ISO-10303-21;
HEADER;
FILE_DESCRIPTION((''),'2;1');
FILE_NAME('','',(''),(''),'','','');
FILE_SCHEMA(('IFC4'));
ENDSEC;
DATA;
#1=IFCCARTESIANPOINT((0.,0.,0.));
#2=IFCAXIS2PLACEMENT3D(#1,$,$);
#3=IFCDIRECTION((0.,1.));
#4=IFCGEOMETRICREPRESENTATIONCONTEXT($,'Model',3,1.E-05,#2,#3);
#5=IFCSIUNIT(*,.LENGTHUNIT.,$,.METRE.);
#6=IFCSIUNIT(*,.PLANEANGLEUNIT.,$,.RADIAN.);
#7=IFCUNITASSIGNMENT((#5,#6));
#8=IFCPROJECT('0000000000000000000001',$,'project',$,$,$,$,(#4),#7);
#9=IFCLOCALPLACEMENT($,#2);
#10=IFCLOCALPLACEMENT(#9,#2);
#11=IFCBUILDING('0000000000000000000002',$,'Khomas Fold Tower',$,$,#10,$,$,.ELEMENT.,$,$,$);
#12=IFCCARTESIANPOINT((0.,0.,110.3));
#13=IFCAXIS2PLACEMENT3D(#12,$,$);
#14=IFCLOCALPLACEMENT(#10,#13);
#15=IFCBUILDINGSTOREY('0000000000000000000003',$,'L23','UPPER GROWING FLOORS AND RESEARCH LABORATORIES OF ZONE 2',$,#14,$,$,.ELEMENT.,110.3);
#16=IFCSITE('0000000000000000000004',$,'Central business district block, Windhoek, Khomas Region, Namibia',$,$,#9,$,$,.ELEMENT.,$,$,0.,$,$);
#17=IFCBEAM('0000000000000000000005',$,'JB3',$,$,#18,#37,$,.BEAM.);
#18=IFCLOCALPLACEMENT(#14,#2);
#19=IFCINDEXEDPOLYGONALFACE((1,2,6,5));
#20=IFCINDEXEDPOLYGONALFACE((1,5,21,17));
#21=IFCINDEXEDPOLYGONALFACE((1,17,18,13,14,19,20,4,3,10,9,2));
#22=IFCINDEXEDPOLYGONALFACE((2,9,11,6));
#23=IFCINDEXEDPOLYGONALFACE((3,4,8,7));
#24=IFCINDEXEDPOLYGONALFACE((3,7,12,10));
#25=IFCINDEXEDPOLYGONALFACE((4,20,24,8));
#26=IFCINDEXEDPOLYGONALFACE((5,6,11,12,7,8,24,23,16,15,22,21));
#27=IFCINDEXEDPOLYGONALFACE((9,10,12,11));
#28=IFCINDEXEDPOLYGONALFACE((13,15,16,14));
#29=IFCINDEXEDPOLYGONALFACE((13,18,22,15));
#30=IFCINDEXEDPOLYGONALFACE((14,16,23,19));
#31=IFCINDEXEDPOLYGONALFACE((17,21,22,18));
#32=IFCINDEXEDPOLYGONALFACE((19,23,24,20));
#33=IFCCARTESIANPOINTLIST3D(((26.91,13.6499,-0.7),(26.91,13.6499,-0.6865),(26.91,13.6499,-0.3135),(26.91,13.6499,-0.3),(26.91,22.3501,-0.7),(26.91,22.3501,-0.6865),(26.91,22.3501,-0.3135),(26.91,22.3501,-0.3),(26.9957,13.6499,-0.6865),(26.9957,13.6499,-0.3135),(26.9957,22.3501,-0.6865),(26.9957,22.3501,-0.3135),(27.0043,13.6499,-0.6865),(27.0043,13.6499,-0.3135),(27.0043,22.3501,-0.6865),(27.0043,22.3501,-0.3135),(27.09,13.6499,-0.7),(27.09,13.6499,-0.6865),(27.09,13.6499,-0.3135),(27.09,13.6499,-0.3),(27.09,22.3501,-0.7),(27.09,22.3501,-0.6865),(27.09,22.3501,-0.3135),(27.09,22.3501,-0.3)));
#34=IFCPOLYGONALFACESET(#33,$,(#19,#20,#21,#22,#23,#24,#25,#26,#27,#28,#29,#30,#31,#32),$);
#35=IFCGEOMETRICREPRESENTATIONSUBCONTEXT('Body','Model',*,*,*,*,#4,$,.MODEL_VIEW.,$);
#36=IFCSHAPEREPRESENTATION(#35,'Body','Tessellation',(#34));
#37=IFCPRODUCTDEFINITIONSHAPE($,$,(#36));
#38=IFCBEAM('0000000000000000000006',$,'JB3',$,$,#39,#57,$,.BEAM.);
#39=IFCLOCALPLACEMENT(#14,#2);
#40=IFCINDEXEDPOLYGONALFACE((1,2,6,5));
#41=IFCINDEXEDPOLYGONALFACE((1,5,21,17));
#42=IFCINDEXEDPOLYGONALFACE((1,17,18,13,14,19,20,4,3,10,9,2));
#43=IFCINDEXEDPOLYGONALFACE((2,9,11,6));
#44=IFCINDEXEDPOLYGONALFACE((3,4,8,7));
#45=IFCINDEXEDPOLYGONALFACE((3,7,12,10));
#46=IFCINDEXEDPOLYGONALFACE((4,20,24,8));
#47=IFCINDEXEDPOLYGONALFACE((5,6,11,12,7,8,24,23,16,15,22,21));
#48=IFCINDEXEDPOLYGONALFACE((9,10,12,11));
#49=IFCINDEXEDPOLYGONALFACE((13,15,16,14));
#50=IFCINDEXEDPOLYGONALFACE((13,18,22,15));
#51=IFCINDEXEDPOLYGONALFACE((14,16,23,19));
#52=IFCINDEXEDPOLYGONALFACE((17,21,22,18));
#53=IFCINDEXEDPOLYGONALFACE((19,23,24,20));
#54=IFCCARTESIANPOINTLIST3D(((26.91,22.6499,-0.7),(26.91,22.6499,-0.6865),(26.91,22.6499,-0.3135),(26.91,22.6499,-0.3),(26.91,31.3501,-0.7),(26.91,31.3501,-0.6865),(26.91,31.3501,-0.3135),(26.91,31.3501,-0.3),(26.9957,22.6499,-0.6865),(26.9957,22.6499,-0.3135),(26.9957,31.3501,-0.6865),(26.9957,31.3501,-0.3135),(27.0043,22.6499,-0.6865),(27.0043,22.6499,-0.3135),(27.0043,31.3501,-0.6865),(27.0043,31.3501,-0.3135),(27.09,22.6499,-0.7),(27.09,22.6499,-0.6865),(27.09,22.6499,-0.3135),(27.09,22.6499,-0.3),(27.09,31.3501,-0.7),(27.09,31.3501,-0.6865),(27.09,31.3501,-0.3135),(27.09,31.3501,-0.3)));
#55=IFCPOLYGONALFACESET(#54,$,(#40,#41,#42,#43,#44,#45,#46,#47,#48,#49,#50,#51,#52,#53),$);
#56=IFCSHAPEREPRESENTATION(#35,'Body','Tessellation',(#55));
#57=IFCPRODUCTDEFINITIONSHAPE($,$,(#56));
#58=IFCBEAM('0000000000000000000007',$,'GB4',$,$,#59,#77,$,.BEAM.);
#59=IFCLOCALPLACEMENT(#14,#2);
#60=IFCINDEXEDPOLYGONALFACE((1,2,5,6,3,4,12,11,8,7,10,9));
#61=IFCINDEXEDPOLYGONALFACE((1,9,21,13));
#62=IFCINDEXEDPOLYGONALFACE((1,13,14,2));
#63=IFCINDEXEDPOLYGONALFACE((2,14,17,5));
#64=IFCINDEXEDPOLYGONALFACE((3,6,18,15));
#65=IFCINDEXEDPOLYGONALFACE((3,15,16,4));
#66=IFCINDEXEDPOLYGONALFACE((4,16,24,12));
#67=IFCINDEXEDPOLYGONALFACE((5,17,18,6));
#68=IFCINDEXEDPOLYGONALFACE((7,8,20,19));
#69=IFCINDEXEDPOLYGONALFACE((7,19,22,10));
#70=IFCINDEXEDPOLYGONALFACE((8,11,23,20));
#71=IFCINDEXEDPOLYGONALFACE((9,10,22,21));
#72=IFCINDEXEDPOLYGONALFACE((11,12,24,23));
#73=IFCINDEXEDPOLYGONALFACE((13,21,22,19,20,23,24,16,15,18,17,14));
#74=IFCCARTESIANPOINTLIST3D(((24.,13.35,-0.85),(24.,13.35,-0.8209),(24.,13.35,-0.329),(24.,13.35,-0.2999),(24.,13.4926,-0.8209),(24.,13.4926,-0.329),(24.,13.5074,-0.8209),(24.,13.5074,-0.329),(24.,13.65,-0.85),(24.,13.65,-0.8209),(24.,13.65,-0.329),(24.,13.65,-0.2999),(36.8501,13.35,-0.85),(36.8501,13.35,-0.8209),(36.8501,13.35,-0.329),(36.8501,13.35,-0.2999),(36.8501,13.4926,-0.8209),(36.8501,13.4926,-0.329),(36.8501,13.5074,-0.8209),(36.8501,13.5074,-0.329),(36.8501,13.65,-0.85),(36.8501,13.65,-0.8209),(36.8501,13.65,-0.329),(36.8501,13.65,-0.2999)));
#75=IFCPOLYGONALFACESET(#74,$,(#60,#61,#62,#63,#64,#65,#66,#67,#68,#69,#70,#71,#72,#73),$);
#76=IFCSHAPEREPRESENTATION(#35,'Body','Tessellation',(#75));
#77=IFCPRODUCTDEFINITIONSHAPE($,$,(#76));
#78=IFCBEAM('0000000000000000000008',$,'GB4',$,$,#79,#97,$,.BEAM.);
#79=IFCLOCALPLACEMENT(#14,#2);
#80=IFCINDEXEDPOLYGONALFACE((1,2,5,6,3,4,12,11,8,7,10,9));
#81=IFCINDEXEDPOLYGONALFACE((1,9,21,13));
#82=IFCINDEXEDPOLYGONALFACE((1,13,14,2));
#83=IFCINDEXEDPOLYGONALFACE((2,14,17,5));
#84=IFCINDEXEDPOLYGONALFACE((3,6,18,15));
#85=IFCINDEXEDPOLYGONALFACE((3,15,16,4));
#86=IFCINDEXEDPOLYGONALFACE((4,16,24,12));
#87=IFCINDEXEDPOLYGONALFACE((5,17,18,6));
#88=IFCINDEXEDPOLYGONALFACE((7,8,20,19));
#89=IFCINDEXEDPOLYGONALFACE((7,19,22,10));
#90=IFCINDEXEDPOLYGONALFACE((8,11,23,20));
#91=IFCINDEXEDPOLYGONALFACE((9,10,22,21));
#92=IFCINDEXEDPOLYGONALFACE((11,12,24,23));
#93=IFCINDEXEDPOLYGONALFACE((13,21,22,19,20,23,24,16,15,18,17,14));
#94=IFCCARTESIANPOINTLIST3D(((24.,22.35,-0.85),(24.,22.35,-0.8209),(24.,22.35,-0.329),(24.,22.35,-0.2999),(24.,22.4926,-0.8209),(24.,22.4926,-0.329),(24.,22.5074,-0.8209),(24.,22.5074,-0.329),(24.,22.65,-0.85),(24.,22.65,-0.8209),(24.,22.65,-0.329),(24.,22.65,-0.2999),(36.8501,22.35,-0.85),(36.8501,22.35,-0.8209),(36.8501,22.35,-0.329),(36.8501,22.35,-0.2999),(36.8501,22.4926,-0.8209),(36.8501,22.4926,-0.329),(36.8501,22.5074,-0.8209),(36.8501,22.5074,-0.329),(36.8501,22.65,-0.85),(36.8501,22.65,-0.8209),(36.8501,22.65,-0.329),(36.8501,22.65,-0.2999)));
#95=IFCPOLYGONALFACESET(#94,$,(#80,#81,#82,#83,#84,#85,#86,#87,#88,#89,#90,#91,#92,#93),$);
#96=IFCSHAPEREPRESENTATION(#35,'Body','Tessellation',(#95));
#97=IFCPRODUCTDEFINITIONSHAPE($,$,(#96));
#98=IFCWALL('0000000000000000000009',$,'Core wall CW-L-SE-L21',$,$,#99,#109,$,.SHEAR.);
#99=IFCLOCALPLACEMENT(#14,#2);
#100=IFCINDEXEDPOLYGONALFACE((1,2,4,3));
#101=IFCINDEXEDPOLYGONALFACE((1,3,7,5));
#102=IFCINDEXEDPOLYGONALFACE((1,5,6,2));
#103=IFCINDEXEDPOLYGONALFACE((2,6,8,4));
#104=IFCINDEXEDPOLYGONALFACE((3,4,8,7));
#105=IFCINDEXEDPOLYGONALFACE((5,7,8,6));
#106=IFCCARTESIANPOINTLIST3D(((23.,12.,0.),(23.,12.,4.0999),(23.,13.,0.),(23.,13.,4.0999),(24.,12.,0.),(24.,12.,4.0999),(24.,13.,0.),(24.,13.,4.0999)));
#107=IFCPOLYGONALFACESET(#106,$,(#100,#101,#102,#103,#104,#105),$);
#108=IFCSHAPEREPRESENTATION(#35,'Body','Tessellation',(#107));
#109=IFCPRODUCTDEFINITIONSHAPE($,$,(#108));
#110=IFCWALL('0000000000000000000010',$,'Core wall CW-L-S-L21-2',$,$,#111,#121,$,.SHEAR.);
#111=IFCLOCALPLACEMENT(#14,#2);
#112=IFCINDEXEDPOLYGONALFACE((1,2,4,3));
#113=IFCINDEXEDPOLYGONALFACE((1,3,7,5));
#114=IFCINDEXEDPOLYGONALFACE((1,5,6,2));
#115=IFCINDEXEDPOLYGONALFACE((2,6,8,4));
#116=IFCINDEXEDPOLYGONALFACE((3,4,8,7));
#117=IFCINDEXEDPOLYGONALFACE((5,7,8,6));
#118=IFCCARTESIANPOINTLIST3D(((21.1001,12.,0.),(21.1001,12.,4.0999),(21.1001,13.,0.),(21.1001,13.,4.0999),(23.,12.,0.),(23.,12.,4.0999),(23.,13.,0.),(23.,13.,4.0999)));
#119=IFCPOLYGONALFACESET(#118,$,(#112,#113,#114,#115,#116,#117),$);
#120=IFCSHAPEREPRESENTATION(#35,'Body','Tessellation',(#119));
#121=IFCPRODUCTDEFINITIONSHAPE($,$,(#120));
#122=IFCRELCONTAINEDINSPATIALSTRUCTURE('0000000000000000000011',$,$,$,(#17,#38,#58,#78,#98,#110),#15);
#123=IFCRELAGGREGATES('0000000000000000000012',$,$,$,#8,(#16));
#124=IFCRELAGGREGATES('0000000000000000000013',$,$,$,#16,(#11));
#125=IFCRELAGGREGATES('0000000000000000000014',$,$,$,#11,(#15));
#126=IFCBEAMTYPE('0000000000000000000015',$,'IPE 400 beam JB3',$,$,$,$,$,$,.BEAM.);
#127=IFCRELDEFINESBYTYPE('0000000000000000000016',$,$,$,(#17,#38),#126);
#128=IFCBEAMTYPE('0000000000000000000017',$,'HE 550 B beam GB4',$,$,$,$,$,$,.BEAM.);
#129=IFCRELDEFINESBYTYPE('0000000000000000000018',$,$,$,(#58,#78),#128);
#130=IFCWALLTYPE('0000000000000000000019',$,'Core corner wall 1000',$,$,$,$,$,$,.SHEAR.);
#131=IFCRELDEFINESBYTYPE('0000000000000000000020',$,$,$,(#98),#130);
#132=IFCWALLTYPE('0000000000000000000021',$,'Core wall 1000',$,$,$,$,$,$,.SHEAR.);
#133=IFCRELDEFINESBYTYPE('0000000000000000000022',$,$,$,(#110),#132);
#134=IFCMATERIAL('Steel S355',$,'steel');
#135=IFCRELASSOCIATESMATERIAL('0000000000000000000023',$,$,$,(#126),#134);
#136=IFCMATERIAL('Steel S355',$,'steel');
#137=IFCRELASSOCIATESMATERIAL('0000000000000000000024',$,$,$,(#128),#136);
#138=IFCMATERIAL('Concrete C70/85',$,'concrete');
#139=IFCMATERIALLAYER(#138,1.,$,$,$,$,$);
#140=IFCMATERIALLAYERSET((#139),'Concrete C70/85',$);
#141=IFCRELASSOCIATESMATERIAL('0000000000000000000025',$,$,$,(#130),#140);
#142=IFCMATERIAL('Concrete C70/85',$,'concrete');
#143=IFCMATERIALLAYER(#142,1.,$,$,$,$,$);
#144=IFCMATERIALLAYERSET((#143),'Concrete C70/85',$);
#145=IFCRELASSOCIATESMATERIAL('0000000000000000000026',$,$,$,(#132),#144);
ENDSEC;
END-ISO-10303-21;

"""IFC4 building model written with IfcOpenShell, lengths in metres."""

from ifc_helpers import new_model, si_unit, direction, frame, frame_2d, origin, origin_2d, place, context, subcontext, project, spatial, rectangle, i_section, extrude, source, transform, mapped, material, layer, layer_set, material_profile, profile_set, type_object, element, save


model = new_model("IFC4")

# Units and contexts
model_context = context("Model", 3, precision=1e-05, world=origin(), true_north=direction((0.0, 1.0)))
body_context = subcontext(model_context, "Body", "Model", "MODEL_VIEW")
ifc_project = project(units=[si_unit("LENGTHUNIT", "METRE"), si_unit("PLANEANGLEUNIT", "RADIAN")], contexts=[model_context])

# Site, building, storey
site_placement = place(None, origin())
site = spatial("IfcSite", under=ifc_project, at=site_placement, Name="Central business district block, Windhoek, Khomas Region, Namibia", CompositionType="ELEMENT", RefElevation=0.0)
building_placement = place(site_placement, origin())
building = spatial("IfcBuilding", under=site, at=building_placement, Name="Khomas Fold Tower", CompositionType="ELEMENT")
storey_placement = place(building_placement, frame((0.0, 0.0, 110.3)))
storey = spatial("IfcBuildingStorey", under=building, at=storey_placement, Name="L23", Description="UPPER GROWING FLOORS AND RESEARCH LABORATORIES OF ZONE 2", CompositionType="ELEMENT", Elevation=110.3)

# Beams
ifc_material_1 = material(Name="Steel S355", Category="steel")
ifc_material_profile_1 = material_profile(ifc_material_1, i_section(OverallWidth=0.1799, OverallDepth=0.3999, WebThickness=0.0085, FlangeThickness=0.0134, at=origin_2d()), Name="IPE 400")
ifc_profile_set_1 = profile_set([ifc_material_profile_1], Name="Steel S355")
beam_type_1 = type_object("IfcBeamType", Name="IPE 400 beam JB3", PredefinedType="BEAM", material=ifc_profile_set_1)
shared_shape_1 = source(origin(), body_context, "Body", "SweptSolid", [
    extrude(i_section(OverallWidth=0.1799, OverallDepth=0.3999, WebThickness=0.0085, FlangeThickness=0.0134, at=origin_2d()), origin(), (0.0, 0.0, 1.0), 8.7002),
])
for number, where, z_axis, x_axis, name in (
    (1, (27.0, 13.6499, -0.5), (0.0, 1.0, 0.0), (-1.0, 0.0, 0.0), "JB3"),
    (2, (27.0, 22.6499, -0.5), (0.0, 1.0, 0.0), (-1.0, 0.0, 0.0), "JB3"),
):
    element("IfcBeam", number, at=place(storey_placement, frame(where, z_axis=z_axis, x_axis=x_axis)), inside=storey, type_object=beam_type_1, Name=name, PredefinedType="BEAM", context=body_context, shape_type="MappedRepresentation", body=[
        mapped(shared_shape_1, transform((0.0, 0.0, 0.0))),
    ])
ifc_material_2 = material(Name="Steel S355", Category="steel")
ifc_material_profile_2 = material_profile(ifc_material_2, i_section(OverallWidth=0.3, OverallDepth=0.55, WebThickness=0.0149, FlangeThickness=0.0291, at=origin_2d()), Name="HE 550 B")
ifc_profile_set_2 = profile_set([ifc_material_profile_2], Name="Steel S355")
beam_type_2 = type_object("IfcBeamType", Name="HE 550 B beam GB4", PredefinedType="BEAM", material=ifc_profile_set_2)
shared_shape_2 = source(origin(), body_context, "Body", "SweptSolid", [
    extrude(i_section(OverallWidth=0.3, OverallDepth=0.55, WebThickness=0.0149, FlangeThickness=0.0291, at=origin_2d()), origin(), (0.0, 0.0, 1.0), 12.8501),
])
for number, where, z_axis, x_axis, name in (
    (3, (24.0, 13.5, -0.575), (1.0, 0.0, 0.0), (0.0, 1.0, 0.0), "GB4"),
    (4, (24.0, 22.5, -0.575), (1.0, 0.0, 0.0), (0.0, 1.0, 0.0), "GB4"),
):
    element("IfcBeam", number, at=place(storey_placement, frame(where, z_axis=z_axis, x_axis=x_axis)), inside=storey, type_object=beam_type_2, Name=name, PredefinedType="BEAM", context=body_context, shape_type="MappedRepresentation", body=[
        mapped(shared_shape_2, transform((0.0, 0.0, 0.0))),
    ])

# Walls
ifc_material_3 = material(Name="Concrete C70/85", Category="concrete")
ifc_layer_1 = layer(ifc_material_3, 1.0)
ifc_layer_set_1 = layer_set([ifc_layer_1], Name="Concrete C70/85")
wall_type_1 = type_object("IfcWallType", Name="Core corner wall 1000", PredefinedType="SHEAR", material=ifc_layer_set_1)
shared_shape_3 = source(origin(), body_context, "Body", "SweptSolid", [
    extrude(rectangle(XDim=1.0, YDim=1.0, at=frame_2d((0.5, 0.0))), origin(), (0.0, 0.0, 1.0), 4.0999),
])
wall_1_placement = place(storey_placement, frame((23.0, 12.5, 0.0), z_axis=(0.0, 0.0, 1.0), x_axis=(1.0, 0.0, 0.0)))
element("IfcWall", 5, at=wall_1_placement, inside=storey, type_object=wall_type_1, Name="Core wall CW-L-SE-L21", PredefinedType="SHEAR", context=body_context, shape_type="MappedRepresentation", body=[
    mapped(shared_shape_3, transform((0.0, 0.0, 0.0))),
])
ifc_material_4 = material(Name="Concrete C70/85", Category="concrete")
ifc_layer_2 = layer(ifc_material_4, 1.0)
ifc_layer_set_2 = layer_set([ifc_layer_2], Name="Concrete C70/85")
wall_type_2 = type_object("IfcWallType", Name="Core wall 1000", PredefinedType="SHEAR", material=ifc_layer_set_2)
shared_shape_4 = source(origin(), body_context, "Body", "SweptSolid", [
    extrude(rectangle(XDim=1.8999, YDim=1.0, at=frame_2d((0.95, 0.0))), origin(), (0.0, 0.0, 1.0), 4.0999),
])
wall_2_placement = place(storey_placement, frame((21.1001, 12.5, 0.0), z_axis=(0.0, 0.0, 1.0), x_axis=(1.0, 0.0, 0.0)))
element("IfcWall", 6, at=wall_2_placement, inside=storey, type_object=wall_type_2, Name="Core wall CW-L-S-L21-2", PredefinedType="SHEAR", context=body_context, shape_type="MappedRepresentation", body=[
    mapped(shared_shape_4, transform((0.0, 0.0, 0.0))),
])

save(model, "model.ifc")
